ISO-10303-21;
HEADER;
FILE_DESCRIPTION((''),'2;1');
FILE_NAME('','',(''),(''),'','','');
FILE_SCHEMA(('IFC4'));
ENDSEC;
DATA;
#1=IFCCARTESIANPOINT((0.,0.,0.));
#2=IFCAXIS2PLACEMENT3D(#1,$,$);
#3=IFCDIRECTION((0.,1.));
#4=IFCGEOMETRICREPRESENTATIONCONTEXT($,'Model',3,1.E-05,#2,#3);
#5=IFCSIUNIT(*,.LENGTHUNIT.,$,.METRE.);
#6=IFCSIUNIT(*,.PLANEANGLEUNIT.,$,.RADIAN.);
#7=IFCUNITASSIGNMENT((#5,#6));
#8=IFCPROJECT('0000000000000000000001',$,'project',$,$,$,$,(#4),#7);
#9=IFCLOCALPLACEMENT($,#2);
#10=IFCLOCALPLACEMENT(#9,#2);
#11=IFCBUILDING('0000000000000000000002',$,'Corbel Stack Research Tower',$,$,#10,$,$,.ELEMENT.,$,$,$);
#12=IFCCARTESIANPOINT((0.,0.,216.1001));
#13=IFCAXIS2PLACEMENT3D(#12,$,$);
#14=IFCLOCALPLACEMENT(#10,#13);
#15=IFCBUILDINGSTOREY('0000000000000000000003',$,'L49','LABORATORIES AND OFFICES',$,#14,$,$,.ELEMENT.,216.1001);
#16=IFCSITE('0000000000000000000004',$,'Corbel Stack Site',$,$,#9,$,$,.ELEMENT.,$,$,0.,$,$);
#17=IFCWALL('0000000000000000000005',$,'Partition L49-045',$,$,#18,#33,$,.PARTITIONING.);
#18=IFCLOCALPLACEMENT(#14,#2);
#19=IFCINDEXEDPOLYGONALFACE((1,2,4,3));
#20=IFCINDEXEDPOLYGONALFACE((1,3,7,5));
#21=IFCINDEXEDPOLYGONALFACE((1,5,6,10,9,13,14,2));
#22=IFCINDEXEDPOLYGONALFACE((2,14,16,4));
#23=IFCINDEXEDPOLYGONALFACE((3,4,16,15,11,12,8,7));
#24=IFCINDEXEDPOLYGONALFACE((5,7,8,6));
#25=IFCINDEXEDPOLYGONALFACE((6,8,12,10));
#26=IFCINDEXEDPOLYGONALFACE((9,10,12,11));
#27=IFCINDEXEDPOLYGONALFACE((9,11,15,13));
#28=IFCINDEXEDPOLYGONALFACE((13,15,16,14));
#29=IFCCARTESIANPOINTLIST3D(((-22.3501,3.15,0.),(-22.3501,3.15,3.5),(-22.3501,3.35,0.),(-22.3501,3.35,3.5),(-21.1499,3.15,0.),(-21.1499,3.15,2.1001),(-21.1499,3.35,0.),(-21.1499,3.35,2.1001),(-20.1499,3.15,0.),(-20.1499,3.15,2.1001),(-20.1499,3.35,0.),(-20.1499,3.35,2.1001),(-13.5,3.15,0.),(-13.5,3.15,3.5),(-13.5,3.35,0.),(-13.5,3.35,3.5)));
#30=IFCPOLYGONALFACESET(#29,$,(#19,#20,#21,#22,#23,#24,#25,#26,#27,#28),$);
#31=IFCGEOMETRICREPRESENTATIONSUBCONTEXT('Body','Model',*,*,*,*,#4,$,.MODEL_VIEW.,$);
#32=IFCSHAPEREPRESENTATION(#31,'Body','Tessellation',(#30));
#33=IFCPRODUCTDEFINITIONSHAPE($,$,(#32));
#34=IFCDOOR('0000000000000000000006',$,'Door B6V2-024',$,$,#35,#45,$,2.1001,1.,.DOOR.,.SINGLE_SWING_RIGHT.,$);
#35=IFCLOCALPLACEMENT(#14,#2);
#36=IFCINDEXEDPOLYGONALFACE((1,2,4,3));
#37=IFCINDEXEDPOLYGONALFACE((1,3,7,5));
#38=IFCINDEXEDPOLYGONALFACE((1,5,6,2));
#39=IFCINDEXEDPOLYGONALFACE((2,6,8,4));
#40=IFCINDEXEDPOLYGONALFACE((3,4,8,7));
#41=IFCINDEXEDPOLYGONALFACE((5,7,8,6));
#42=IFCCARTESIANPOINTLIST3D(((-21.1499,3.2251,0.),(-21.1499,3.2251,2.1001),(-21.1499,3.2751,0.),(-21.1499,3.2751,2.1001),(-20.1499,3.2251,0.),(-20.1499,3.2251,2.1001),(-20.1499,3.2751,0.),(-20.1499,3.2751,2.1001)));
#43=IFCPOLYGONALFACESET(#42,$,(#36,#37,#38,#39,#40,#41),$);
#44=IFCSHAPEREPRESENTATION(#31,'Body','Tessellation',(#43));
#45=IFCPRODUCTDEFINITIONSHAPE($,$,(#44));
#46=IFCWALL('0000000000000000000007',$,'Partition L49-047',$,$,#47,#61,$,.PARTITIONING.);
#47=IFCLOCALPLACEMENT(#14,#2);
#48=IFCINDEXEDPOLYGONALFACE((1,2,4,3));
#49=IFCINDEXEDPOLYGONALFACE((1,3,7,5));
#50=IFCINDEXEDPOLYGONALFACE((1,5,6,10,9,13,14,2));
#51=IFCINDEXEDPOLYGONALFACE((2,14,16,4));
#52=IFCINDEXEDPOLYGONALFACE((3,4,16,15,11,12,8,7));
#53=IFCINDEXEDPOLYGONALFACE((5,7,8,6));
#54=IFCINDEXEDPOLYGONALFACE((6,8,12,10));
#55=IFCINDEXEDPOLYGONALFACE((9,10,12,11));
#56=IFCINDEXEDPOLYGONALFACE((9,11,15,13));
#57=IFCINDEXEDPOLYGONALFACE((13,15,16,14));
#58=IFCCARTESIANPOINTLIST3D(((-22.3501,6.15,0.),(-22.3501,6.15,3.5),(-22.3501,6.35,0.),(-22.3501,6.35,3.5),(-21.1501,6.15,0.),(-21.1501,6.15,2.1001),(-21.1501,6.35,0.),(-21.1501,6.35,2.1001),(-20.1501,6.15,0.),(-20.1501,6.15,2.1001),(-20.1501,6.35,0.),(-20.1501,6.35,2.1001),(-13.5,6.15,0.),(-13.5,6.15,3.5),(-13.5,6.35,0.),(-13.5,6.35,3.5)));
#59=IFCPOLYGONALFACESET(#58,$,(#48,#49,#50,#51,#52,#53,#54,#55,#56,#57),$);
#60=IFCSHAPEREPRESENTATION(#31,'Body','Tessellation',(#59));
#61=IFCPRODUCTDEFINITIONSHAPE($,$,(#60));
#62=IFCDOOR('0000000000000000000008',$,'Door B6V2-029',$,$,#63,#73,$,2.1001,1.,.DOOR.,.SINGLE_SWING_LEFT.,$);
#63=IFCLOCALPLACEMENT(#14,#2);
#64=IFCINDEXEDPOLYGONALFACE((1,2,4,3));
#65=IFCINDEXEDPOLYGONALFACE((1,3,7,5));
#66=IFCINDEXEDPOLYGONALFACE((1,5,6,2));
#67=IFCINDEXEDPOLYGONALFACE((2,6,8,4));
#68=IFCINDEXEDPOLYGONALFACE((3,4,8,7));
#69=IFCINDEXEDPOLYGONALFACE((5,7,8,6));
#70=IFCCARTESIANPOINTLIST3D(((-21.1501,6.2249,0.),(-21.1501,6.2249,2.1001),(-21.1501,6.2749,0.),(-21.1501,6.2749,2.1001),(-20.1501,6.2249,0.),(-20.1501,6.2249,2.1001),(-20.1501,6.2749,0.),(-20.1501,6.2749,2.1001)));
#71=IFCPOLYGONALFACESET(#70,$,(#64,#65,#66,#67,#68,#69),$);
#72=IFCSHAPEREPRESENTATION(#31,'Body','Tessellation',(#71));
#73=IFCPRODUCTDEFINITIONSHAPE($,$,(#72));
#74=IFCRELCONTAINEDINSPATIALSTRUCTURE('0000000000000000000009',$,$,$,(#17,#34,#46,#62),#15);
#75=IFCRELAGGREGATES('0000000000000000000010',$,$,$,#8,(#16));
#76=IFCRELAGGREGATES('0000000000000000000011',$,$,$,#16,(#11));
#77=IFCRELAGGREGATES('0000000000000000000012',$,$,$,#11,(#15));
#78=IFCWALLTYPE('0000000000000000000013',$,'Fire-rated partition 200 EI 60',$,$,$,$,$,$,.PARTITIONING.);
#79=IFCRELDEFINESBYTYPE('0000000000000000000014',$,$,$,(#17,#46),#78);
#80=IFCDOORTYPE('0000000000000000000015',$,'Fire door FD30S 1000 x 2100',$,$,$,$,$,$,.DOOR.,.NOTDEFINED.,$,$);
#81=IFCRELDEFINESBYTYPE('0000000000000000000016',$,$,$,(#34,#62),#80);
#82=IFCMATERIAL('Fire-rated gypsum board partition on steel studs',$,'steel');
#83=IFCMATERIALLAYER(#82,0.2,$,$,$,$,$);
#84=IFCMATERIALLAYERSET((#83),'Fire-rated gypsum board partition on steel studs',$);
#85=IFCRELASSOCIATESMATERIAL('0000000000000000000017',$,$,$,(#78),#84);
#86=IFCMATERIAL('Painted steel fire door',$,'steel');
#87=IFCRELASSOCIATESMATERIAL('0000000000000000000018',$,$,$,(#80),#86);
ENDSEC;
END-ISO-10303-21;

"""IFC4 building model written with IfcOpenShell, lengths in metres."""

from ifc_helpers import new_model, si_unit, direction, frame, frame_2d, origin, place, context, subcontext, project, spatial, rectangle, extrude, material, layer, layer_set, type_object, element, fill, save


model = new_model("IFC4")

# Units and contexts
model_context = context("Model", 3, precision=1e-05, world=origin(), true_north=direction((0.0, 1.0)))
body_context = subcontext(model_context, "Body", "Model", "MODEL_VIEW")
ifc_project = project(units=[si_unit("LENGTHUNIT", "METRE"), si_unit("PLANEANGLEUNIT", "RADIAN")], contexts=[model_context])

# Site, building, storey
site_placement = place(None, origin())
site = spatial("IfcSite", under=ifc_project, at=site_placement, Name="Corbel Stack Site", CompositionType="ELEMENT", RefElevation=0.0)
building_placement = place(site_placement, origin())
building = spatial("IfcBuilding", under=site, at=building_placement, Name="Corbel Stack Research Tower", CompositionType="ELEMENT")
storey_placement = place(building_placement, frame((0.0, 0.0, 216.1001)))
storey = spatial("IfcBuildingStorey", under=building, at=storey_placement, Name="L49", Description="LABORATORIES AND OFFICES", CompositionType="ELEMENT", Elevation=216.1001)

# Shared definitions
ifc_material_1 = material(Name="Fire-rated gypsum board partition on steel studs", Category="steel")
ifc_layer_1 = layer(ifc_material_1, 0.2)
ifc_layer_set_1 = layer_set([ifc_layer_1], Name="Fire-rated gypsum board partition on steel studs")
wall_type_1 = type_object("IfcWallType", Name="Fire-rated partition 200 EI 60", PredefinedType="PARTITIONING", material=ifc_layer_set_1)

# Walls, openings, doors
ifc_material_2 = material(Name="Painted steel fire door", Category="steel")
door_type_1 = type_object("IfcDoorType", Name="Fire door FD30S 1000 x 2100", OperationType="NOTDEFINED", PredefinedType="DOOR", material=ifc_material_2)
wall_1_placement = place(storey_placement, frame((-13.5, 3.25, 0.0), z_axis=(0.0, 0.0, 1.0), x_axis=(-1.0, 0.0, 0.0)))
wall_1 = element("IfcWall", 1, at=wall_1_placement, inside=storey, type_object=wall_type_1, Name="Partition L49-045", PredefinedType="PARTITIONING", context=body_context, shape_type="SweptSolid", body=[
    extrude(rectangle(XDim=8.8501, YDim=0.2, at=frame_2d((4.425, 0.0))), origin(), (0.0, 0.0, 1.0), 3.5),
])
opening_1_placement = place(wall_1_placement, frame((6.6499, 0.0, 0.0)))
opening_1 = element("IfcOpeningElement", 2, at=opening_1_placement, cuts=wall_1, PredefinedType="OPENING", context=body_context, shape_type="SweptSolid", body=[
    extrude(rectangle(XDim=1.0, YDim=2.1001, at=frame_2d((0.5, 1.05))), frame((0.0, 0.1099, 0.0), z_axis=(0.0, -1.0, 0.0), x_axis=(1.0, 0.0, 0.0)), (0.0, 0.0, 1.0), 0.22),
])
door_1_placement = place(opening_1_placement, origin())
door_1 = element("IfcDoor", 3, at=door_1_placement, inside=storey, type_object=door_type_1, Name="Door B6V2-024", OperationType="SINGLE_SWING_RIGHT", OverallHeight=2.1001, OverallWidth=1.0, PredefinedType="DOOR", context=body_context, shape_type="SweptSolid", body=[
    extrude(rectangle(XDim=1.0, YDim=2.1001, at=frame_2d((0.5, 1.05))), frame((0.0, 0.0249, 0.0), z_axis=(0.0, -1.0, 0.0), x_axis=(1.0, 0.0, 0.0)), (0.0, 0.0, 1.0), 0.05),
])
fill(opening_1, door_1)
wall_2_placement = place(storey_placement, frame((-22.3501, 6.25, 0.0), z_axis=(0.0, 0.0, 1.0), x_axis=(1.0, 0.0, 0.0)))
wall_2 = element("IfcWall", 4, at=wall_2_placement, inside=storey, type_object=wall_type_1, Name="Partition L49-047", PredefinedType="PARTITIONING", context=body_context, shape_type="SweptSolid", body=[
    extrude(rectangle(XDim=8.8501, YDim=0.2, at=frame_2d((4.425, 0.0))), origin(), (0.0, 0.0, 1.0), 3.5),
])
opening_2_placement = place(wall_2_placement, frame((1.2, 0.0, 0.0)))
opening_2 = element("IfcOpeningElement", 5, at=opening_2_placement, cuts=wall_2, PredefinedType="OPENING", context=body_context, shape_type="SweptSolid", body=[
    extrude(rectangle(XDim=1.0, YDim=2.1001, at=frame_2d((0.5, 1.05))), frame((0.0, 0.1099, 0.0), z_axis=(0.0, -1.0, 0.0), x_axis=(1.0, 0.0, 0.0)), (0.0, 0.0, 1.0), 0.22),
])
door_2_placement = place(opening_2_placement, origin())
door_2 = element("IfcDoor", 6, at=door_2_placement, inside=storey, type_object=door_type_1, Name="Door B6V2-029", OperationType="SINGLE_SWING_LEFT", OverallHeight=2.1001, OverallWidth=1.0, PredefinedType="DOOR", context=body_context, shape_type="SweptSolid", body=[
    extrude(rectangle(XDim=1.0, YDim=2.1001, at=frame_2d((0.5, 1.05))), frame((0.0, 0.0249, 0.0), z_axis=(0.0, -1.0, 0.0), x_axis=(1.0, 0.0, 0.0)), (0.0, 0.0, 1.0), 0.05),
])
fill(opening_2, door_2)

save(model, "model.ifc")
